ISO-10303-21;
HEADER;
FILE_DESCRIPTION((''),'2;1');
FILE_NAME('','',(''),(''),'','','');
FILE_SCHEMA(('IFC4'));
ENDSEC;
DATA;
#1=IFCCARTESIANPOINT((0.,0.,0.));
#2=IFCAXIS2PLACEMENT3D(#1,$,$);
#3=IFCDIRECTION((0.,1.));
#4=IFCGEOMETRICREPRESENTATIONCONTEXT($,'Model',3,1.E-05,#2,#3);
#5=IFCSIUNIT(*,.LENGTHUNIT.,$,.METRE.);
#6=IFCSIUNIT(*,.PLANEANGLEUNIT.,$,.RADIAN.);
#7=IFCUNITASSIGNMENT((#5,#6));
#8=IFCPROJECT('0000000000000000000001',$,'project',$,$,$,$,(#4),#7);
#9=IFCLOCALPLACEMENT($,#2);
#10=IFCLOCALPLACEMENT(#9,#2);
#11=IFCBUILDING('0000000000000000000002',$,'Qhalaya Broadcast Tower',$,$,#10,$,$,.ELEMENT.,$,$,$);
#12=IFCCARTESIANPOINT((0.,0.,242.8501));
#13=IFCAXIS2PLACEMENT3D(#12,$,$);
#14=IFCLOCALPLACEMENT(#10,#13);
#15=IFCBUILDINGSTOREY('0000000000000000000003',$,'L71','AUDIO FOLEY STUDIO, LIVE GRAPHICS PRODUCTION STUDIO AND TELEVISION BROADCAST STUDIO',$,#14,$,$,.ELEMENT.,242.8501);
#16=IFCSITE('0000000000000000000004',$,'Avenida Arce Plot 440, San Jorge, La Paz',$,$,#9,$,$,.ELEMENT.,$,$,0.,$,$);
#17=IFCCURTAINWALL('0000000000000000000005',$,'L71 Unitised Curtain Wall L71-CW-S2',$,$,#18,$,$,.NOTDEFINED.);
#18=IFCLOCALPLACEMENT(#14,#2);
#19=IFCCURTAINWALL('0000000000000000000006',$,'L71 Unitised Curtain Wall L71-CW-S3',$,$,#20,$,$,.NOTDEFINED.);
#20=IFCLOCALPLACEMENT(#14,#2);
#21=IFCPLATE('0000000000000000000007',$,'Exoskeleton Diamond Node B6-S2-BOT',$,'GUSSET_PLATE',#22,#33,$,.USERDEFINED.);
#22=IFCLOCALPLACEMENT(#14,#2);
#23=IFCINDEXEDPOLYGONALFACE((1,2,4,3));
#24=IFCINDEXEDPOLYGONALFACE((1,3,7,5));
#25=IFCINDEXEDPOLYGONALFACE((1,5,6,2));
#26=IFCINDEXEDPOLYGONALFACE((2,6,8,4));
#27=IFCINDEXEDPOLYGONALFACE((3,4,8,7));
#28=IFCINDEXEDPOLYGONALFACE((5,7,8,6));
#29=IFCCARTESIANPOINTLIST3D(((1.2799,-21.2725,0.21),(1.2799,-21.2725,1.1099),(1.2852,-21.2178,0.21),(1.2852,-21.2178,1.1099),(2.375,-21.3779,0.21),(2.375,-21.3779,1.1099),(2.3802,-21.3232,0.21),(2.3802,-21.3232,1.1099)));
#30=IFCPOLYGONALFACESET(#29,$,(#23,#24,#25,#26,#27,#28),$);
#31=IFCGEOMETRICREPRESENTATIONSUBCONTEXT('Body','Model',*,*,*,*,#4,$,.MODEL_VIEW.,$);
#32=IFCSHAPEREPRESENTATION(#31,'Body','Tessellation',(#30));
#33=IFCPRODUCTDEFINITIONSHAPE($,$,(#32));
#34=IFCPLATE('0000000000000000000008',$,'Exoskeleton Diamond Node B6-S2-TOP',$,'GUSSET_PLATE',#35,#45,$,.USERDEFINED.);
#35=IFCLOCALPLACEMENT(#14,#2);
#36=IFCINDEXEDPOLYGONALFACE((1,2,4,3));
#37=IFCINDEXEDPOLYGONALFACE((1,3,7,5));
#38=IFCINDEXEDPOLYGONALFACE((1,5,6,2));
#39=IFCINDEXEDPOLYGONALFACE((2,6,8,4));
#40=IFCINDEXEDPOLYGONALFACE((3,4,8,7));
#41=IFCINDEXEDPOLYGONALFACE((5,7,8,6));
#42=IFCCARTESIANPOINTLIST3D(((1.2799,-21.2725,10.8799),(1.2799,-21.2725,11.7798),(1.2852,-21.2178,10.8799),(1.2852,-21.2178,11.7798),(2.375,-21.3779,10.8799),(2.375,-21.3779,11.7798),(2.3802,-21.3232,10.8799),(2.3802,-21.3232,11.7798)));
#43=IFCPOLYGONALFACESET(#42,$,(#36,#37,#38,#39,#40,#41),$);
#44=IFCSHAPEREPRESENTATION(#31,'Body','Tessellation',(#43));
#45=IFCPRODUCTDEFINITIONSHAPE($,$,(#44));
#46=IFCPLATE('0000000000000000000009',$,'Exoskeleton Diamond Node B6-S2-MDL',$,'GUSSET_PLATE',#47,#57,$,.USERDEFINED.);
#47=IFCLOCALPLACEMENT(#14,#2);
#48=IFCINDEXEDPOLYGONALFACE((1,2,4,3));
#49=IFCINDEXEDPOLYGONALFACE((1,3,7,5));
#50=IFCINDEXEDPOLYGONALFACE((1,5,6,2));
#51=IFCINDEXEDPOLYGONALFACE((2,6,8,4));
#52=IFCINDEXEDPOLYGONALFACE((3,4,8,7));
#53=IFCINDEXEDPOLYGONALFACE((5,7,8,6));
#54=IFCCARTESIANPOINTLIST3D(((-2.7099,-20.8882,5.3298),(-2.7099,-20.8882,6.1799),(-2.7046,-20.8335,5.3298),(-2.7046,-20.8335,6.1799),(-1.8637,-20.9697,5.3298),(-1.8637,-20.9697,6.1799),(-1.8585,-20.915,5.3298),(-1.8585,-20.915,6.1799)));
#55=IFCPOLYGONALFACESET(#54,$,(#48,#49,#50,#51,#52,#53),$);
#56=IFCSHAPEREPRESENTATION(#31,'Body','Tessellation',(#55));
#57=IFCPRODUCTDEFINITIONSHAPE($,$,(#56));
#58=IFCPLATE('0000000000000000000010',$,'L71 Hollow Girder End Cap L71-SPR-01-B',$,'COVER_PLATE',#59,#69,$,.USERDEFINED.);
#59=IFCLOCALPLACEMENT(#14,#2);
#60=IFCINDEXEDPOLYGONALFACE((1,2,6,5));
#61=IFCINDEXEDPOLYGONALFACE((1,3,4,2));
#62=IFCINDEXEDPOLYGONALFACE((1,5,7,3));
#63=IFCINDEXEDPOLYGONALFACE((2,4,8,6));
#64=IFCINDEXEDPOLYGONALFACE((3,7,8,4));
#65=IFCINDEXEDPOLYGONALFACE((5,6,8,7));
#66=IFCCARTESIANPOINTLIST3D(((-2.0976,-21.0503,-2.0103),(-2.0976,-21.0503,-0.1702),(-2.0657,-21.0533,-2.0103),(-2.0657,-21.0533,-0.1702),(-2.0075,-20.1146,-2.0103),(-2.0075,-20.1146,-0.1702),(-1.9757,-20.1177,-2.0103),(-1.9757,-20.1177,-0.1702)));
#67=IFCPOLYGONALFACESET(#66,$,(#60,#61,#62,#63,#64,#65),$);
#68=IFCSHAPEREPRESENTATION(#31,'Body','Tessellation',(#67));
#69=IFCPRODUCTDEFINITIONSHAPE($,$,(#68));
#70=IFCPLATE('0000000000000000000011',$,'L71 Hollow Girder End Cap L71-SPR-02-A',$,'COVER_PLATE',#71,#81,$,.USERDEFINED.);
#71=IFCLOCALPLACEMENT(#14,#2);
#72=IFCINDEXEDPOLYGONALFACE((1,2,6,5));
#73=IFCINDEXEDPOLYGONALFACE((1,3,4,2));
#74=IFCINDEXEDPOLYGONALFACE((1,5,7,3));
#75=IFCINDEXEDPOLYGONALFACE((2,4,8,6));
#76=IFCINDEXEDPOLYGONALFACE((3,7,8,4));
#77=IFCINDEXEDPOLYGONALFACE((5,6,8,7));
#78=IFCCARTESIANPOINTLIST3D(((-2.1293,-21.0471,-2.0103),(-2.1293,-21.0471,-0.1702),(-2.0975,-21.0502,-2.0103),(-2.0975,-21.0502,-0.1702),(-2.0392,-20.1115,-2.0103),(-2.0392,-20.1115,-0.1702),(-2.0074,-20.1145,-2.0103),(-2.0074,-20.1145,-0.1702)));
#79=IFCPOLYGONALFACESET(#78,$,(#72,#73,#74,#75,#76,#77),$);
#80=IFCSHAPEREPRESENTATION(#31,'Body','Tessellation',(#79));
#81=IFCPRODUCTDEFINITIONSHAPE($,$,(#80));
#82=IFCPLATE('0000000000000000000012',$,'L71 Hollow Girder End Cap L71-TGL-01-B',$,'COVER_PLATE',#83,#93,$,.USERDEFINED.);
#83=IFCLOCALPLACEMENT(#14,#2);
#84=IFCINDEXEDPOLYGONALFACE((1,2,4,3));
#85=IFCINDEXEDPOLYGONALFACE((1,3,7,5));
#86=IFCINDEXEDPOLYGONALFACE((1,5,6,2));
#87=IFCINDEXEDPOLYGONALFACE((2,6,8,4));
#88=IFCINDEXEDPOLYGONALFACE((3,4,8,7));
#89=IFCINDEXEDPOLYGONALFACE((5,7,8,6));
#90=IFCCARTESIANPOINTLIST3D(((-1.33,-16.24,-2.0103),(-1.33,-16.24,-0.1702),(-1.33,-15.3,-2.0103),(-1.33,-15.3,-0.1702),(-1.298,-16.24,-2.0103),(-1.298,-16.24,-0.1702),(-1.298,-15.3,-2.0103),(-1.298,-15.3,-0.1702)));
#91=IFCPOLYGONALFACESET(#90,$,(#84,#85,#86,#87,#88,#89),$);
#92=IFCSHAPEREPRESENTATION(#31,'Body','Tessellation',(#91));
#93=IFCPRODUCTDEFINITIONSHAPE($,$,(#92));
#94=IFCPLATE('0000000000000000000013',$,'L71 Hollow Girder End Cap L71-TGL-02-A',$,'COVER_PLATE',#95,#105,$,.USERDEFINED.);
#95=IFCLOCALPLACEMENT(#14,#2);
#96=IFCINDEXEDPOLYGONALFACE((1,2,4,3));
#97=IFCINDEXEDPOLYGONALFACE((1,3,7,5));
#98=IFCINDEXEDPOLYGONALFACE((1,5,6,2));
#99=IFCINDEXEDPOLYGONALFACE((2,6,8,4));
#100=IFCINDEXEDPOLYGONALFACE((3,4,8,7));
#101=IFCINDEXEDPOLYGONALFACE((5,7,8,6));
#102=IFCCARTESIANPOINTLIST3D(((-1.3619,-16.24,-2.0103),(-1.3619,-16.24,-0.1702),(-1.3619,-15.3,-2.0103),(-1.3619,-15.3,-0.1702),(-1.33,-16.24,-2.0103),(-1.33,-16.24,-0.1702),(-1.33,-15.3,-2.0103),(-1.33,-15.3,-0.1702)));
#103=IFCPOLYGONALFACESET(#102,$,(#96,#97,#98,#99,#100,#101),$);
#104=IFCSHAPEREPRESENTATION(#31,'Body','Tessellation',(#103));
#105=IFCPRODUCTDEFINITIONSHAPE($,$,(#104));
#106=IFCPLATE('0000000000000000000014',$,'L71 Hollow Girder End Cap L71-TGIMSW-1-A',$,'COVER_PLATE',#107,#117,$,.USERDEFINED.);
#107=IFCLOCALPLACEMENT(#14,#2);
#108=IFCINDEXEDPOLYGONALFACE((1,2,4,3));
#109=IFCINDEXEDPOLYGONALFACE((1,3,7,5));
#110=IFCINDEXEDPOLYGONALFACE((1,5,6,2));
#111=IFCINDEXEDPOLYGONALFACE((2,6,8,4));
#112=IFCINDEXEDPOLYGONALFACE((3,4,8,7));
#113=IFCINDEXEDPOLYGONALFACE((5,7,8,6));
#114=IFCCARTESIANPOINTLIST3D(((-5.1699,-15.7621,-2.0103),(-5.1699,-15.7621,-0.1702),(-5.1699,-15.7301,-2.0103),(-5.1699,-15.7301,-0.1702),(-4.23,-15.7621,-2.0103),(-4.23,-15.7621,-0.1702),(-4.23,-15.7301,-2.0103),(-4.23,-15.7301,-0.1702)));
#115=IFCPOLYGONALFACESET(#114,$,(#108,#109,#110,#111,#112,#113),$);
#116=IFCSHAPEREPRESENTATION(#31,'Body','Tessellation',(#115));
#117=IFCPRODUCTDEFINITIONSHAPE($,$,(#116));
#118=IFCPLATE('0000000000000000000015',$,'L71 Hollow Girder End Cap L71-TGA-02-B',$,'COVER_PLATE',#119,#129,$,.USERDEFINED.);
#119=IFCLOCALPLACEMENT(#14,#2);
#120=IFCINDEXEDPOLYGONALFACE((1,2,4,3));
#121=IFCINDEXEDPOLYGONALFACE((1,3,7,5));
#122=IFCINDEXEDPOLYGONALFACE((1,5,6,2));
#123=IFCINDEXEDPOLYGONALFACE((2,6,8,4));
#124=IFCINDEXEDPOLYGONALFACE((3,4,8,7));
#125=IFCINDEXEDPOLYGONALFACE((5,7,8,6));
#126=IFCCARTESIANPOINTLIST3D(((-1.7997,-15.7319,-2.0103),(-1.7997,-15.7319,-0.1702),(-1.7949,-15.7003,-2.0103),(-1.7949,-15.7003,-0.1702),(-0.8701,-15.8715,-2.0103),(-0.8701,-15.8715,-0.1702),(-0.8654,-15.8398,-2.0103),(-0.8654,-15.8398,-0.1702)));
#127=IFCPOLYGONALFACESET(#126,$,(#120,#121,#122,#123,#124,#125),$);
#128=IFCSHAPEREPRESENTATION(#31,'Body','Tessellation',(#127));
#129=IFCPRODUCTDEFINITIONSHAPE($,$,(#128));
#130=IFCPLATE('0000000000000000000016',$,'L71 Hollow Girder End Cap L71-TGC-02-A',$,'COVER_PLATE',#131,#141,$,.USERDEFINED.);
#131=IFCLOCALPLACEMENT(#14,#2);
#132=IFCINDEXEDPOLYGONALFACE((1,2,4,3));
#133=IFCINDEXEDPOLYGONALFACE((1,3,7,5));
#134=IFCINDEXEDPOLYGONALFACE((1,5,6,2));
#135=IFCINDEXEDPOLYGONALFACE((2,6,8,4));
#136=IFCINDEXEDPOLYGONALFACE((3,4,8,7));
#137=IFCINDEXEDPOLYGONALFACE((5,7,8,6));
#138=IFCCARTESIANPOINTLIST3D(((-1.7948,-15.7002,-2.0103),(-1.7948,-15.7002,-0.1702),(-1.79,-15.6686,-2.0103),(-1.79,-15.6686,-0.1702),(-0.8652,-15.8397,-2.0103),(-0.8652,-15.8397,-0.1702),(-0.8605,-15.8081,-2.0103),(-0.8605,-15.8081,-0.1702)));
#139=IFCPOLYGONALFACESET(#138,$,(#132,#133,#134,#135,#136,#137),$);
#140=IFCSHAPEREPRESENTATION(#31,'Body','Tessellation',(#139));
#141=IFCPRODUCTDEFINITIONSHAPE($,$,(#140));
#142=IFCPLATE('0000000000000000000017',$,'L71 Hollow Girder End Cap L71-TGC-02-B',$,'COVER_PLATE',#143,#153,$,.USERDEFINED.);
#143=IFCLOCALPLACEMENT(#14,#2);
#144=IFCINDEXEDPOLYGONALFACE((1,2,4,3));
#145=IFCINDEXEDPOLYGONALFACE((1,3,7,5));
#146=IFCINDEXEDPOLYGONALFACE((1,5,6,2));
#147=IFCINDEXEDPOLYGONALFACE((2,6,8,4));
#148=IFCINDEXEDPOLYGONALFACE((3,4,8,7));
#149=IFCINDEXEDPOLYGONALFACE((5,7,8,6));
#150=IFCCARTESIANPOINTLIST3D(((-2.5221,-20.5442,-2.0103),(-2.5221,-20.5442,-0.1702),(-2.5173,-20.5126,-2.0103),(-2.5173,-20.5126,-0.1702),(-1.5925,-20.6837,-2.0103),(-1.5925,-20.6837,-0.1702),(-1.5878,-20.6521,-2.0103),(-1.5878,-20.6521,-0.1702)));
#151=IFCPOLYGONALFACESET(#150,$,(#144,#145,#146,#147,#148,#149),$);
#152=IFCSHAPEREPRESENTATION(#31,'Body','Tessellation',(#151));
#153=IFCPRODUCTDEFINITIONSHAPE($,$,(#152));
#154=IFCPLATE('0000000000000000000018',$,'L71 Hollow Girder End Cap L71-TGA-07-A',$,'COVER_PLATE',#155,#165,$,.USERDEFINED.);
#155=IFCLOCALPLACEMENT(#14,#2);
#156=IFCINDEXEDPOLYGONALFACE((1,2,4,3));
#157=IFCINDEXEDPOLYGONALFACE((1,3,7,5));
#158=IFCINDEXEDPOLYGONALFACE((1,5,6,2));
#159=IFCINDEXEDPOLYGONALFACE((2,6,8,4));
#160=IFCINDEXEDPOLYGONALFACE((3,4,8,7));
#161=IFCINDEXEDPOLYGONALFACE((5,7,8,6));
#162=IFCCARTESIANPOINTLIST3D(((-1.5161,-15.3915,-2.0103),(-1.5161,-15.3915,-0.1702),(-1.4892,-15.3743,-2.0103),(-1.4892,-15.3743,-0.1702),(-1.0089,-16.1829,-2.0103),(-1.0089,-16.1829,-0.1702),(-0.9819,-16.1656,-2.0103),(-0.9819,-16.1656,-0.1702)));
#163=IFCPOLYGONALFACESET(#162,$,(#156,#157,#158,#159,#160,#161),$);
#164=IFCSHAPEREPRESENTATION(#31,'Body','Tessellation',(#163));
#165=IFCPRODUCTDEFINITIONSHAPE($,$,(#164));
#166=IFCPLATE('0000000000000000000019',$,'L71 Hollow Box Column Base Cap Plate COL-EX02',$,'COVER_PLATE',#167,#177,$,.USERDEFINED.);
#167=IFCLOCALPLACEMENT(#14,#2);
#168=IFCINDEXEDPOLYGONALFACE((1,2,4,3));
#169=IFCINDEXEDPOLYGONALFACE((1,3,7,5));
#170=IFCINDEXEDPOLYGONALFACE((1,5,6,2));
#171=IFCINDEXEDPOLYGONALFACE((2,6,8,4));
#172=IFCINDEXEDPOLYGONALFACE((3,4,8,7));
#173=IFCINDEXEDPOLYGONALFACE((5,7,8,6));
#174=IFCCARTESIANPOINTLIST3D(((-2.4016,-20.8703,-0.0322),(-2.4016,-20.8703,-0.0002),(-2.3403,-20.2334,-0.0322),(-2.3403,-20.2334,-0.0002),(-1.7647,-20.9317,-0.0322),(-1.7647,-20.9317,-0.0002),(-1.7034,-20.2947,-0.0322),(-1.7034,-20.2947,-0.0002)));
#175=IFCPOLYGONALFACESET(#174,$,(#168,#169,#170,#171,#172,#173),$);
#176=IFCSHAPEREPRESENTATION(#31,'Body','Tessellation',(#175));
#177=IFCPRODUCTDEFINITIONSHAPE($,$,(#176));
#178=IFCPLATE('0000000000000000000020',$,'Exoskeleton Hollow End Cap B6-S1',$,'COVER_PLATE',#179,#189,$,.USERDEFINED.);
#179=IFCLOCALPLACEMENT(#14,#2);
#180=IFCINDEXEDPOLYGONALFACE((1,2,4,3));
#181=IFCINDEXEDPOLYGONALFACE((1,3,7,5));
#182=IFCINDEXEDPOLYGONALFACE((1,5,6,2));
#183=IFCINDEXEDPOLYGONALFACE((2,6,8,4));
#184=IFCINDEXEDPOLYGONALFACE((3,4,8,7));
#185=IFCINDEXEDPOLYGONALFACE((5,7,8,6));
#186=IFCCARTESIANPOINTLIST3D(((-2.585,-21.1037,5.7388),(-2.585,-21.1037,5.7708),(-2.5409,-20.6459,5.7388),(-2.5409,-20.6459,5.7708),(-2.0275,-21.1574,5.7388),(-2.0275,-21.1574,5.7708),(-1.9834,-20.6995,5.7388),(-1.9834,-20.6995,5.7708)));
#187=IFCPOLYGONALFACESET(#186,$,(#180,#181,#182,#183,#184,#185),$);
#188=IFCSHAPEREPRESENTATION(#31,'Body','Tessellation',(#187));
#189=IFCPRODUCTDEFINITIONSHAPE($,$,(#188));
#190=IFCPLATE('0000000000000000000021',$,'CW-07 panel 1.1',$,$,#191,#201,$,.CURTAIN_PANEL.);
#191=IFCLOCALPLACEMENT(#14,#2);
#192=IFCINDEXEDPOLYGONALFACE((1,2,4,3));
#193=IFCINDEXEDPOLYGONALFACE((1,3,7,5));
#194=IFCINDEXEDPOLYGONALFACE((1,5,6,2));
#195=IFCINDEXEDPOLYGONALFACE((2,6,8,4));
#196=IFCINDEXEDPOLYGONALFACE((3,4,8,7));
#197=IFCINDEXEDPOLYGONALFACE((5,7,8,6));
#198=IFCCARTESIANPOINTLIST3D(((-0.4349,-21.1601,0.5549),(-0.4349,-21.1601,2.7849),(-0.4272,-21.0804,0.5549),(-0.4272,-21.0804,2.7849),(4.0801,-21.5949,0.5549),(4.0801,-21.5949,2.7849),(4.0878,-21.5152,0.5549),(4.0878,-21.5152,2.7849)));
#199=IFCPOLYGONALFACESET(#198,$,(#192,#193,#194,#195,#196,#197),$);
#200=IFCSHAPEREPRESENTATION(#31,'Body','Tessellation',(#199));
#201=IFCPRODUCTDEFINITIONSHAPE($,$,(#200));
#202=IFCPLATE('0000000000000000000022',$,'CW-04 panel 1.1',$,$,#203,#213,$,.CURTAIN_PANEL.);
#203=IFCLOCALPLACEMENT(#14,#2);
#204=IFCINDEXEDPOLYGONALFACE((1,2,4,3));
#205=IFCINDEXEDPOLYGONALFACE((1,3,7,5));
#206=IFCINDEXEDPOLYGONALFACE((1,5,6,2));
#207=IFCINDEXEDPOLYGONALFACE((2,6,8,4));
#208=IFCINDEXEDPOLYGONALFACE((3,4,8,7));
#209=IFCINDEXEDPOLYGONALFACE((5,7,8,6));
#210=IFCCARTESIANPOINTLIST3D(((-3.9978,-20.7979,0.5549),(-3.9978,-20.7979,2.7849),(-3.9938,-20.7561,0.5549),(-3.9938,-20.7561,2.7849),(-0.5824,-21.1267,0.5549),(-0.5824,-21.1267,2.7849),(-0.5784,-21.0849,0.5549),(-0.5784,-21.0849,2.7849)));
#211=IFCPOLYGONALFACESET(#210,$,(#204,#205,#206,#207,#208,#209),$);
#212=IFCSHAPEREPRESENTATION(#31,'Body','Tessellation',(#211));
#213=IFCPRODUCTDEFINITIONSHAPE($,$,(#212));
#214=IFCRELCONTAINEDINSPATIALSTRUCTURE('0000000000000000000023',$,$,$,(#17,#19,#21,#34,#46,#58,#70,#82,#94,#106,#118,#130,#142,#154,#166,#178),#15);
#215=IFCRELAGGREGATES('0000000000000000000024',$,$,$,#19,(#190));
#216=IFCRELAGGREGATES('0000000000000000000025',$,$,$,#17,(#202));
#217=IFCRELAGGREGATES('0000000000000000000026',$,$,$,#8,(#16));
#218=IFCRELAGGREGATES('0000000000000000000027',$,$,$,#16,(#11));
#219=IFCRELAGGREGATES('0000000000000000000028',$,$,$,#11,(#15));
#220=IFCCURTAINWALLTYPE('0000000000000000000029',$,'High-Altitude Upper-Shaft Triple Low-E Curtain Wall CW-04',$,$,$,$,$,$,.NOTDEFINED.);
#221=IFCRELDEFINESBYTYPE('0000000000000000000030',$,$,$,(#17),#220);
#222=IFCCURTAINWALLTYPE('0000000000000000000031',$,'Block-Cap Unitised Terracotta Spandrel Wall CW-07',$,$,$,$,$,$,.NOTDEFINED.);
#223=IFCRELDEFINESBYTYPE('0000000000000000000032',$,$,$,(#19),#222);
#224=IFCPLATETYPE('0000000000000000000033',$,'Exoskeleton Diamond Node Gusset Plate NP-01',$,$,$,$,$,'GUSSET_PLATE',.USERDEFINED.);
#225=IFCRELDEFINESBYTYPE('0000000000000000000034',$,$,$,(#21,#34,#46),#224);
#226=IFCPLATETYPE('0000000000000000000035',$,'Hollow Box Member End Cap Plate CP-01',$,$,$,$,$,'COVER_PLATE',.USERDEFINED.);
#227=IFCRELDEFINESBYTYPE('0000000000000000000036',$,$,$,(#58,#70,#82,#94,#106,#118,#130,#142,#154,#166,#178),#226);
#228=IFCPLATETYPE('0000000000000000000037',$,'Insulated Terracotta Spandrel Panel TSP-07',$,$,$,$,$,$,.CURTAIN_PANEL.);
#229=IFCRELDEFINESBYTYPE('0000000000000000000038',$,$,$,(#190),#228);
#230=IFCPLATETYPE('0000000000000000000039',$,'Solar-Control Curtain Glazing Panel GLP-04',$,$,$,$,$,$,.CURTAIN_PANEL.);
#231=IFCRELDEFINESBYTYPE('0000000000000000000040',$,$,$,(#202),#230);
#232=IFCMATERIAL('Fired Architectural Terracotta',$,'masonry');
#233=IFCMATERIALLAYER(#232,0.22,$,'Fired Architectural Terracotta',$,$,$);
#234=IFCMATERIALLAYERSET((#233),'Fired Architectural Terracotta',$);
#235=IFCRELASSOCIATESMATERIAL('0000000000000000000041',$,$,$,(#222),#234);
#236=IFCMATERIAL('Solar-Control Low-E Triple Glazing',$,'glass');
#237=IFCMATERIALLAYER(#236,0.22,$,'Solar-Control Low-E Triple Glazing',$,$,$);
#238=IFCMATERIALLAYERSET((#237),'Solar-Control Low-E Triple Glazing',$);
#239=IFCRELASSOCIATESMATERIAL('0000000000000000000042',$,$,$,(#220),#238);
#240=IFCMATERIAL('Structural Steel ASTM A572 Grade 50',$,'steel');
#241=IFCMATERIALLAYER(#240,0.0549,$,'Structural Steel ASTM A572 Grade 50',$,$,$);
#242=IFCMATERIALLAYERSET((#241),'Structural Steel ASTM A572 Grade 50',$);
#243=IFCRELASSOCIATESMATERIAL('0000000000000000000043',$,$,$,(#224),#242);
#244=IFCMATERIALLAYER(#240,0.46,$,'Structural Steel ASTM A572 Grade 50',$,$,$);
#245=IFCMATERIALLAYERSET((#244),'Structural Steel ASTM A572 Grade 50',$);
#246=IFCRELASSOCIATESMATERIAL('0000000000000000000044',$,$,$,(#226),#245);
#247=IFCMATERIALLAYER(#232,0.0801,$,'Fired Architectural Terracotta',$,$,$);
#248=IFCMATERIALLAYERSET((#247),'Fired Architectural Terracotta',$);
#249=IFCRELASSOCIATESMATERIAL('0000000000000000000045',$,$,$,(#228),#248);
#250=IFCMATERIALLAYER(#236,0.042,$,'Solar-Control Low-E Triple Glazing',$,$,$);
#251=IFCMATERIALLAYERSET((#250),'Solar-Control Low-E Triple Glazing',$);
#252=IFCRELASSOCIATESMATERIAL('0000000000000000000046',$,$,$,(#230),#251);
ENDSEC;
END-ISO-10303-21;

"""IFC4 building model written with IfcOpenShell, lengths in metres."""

from ifc_helpers import new_model, si_unit, direction, frame, origin, origin_2d, place, context, subcontext, project, spatial, rectangle, extrude, material, layer, layer_set, type_object, element, aggregate, save


model = new_model("IFC4")

# Units and contexts
model_context = context("Model", 3, precision=1e-05, world=origin(), true_north=direction((0.0, 1.0)))
body_context = subcontext(model_context, "Body", "Model", "MODEL_VIEW")
ifc_project = project(units=[si_unit("LENGTHUNIT", "METRE"), si_unit("PLANEANGLEUNIT", "RADIAN")], contexts=[model_context])

# Site, building, storey
site_placement = place(None, origin())
site = spatial("IfcSite", under=ifc_project, at=site_placement, Name="Avenida Arce Plot 440, San Jorge, La Paz", CompositionType="ELEMENT", RefElevation=0.0)
building_placement = place(site_placement, origin())
building = spatial("IfcBuilding", under=site, at=building_placement, Name="Qhalaya Broadcast Tower", CompositionType="ELEMENT")
storey_placement = place(building_placement, frame((0.0, 0.0, 242.8501)))
storey = spatial("IfcBuildingStorey", under=building, at=storey_placement, Name="L71", Description="AUDIO FOLEY STUDIO, LIVE GRAPHICS PRODUCTION STUDIO AND TELEVISION BROADCAST STUDIO", CompositionType="ELEMENT", Elevation=242.8501)

# Shared definitions
ifc_material_1 = material(Name="Structural Steel ASTM A572 Grade 50", Category="steel")

# Shared definitions
ifc_material_2 = material(Name="Fired Architectural Terracotta", Category="masonry")
ifc_layer_1 = layer(ifc_material_2, 0.22, Name="Fired Architectural Terracotta")
ifc_layer_set_1 = layer_set([ifc_layer_1], Name="Fired Architectural Terracotta")
curtain_wall_type_1 = type_object("IfcCurtainWallType", Name="Block-Cap Unitised Terracotta Spandrel Wall CW-07", PredefinedType="NOTDEFINED", material=ifc_layer_set_1)

# Curtain wall
ifc_material_3 = material(Name="Solar-Control Low-E Triple Glazing", Category="glass")
ifc_layer_2 = layer(ifc_material_3, 0.22, Name="Solar-Control Low-E Triple Glazing")
ifc_layer_set_2 = layer_set([ifc_layer_2], Name="Solar-Control Low-E Triple Glazing")
curtain_wall_type_2 = type_object("IfcCurtainWallType", Name="High-Altitude Upper-Shaft Triple Low-E Curtain Wall CW-04", PredefinedType="NOTDEFINED", material=ifc_layer_set_2)
curtain_wall_1_placement = place(storey_placement, origin())
curtain_wall_1 = element("IfcCurtainWall", 1, at=curtain_wall_1_placement, inside=storey, type_object=curtain_wall_type_2, Name="L71 Unitised Curtain Wall L71-CW-S2", PredefinedType="NOTDEFINED")

# Curtain wall
curtain_wall_2_placement = place(storey_placement, origin())
curtain_wall_2 = element("IfcCurtainWall", 2, at=curtain_wall_2_placement, inside=storey, type_object=curtain_wall_type_1, Name="L71 Unitised Curtain Wall L71-CW-S3", PredefinedType="NOTDEFINED")

# Plates
ifc_layer_3 = layer(ifc_material_1, 0.0549, Name="Structural Steel ASTM A572 Grade 50")
ifc_layer_set_3 = layer_set([ifc_layer_3], Name="Structural Steel ASTM A572 Grade 50")
plate_type_1 = type_object("IfcPlateType", Name="Exoskeleton Diamond Node Gusset Plate NP-01", ElementType="GUSSET_PLATE", PredefinedType="USERDEFINED", material=ifc_layer_set_3)
for number, where, z_axis, x_axis, name in (
    (3, (1.8301, -21.2979, 0.21), (0.0, 0.0, 1.0), (0.995396, -0.095846, 0.0), "Exoskeleton Diamond Node B6-S2-BOT"),
    (4, (1.8301, -21.2979, 10.8799), (0.0, 0.0, 1.0), (0.995396, -0.095846, 0.0), "Exoskeleton Diamond Node B6-S2-TOP"),
):
    element("IfcPlate", number, at=place(storey_placement, frame(where, z_axis=z_axis, x_axis=x_axis)), inside=storey, type_object=plate_type_1, Name=name, ObjectType="GUSSET_PLATE", PredefinedType="USERDEFINED", context=body_context, shape_type="SweptSolid", body=[
        extrude(rectangle(XDim=1.1001, YDim=0.0549, at=origin_2d()), origin(), (0.0, 0.0, 1.0), 0.8999),
    ])
plate_1_placement = place(storey_placement, frame((-2.2842, -20.9016, 5.3298), z_axis=(0.0, 0.0, 1.0), x_axis=(0.995396, -0.095846, 0.0)))
element("IfcPlate", 5, at=plate_1_placement, inside=storey, type_object=plate_type_1, Name="Exoskeleton Diamond Node B6-S2-MDL", ObjectType="GUSSET_PLATE", PredefinedType="USERDEFINED", context=body_context, shape_type="SweptSolid", body=[
    extrude(rectangle(XDim=0.8501, YDim=0.0549, at=origin_2d()), origin(), (0.0, 0.0, 1.0), 0.8501),
])
ifc_layer_4 = layer(ifc_material_1, 0.46, Name="Structural Steel ASTM A572 Grade 50")
ifc_layer_set_4 = layer_set([ifc_layer_4], Name="Structural Steel ASTM A572 Grade 50")
plate_type_2 = type_object("IfcPlateType", Name="Hollow Box Member End Cap Plate CP-01", ElementType="COVER_PLATE", PredefinedType="USERDEFINED", material=ifc_layer_set_4)
for number, where, z_axis, x_axis, name in (
    (6, (-2.0366, -20.584, -2.0103), (0.0, 0.0, 1.0), (0.095828, 0.995398, 0.0), "L71 Hollow Girder End Cap L71-SPR-01-B"),
    (7, (-2.0684, -20.5808, -2.0103), (0.0, 0.0, 1.0), (0.095846, 0.995396, 0.0), "L71 Hollow Girder End Cap L71-SPR-02-A"),
    (8, (-1.314, -15.77, -2.0103), (0.0, 0.0, 1.0), (0.0, 1.0, 0.0), "L71 Hollow Girder End Cap L71-TGL-01-B"),
    (9, (-1.3459, -15.77, -2.0103), (0.0, 0.0, 1.0), (0.0, 1.0, 0.0), "L71 Hollow Girder End Cap L71-TGL-02-A"),
    (10, (-4.7, -15.7461, -2.0103), (0.0, 0.0, 1.0), (-1.0, 0.0, 0.0), "L71 Hollow Girder End Cap L71-TGIMSW-1-A"),
    (11, (-1.3325, -15.7859, -2.0103), (0.0, 0.0, 1.0), (0.988918, -0.148465, 0.0), "L71 Hollow Girder End Cap L71-TGA-02-B"),
    (12, (-1.3276, -15.7542, -2.0103), (0.0, 0.0, 1.0), (0.988918, -0.148465, 0.0), "L71 Hollow Girder End Cap L71-TGC-02-A"),
    (13, (-2.0549, -20.5981, -2.0103), (0.0, 0.0, 1.0), (0.988918, -0.148465, 0.0), "L71 Hollow Girder End Cap L71-TGC-02-B"),
    (14, (-1.249, -15.7786, -2.0103), (0.0, 0.0, 1.0), (-0.539638, 0.841897, 0.0), "L71 Hollow Girder End Cap L71-TGA-07-A"),
):
    element("IfcPlate", number, at=place(storey_placement, frame(where, z_axis=z_axis, x_axis=x_axis)), inside=storey, type_object=plate_type_2, Name=name, ObjectType="COVER_PLATE", PredefinedType="USERDEFINED", context=body_context, shape_type="SweptSolid", body=[
        extrude(rectangle(XDim=0.9399, YDim=0.032, at=origin_2d()), origin(), (0.0, 0.0, 1.0), 1.8401),
    ])
plate_2_placement = place(storey_placement, frame((-2.0525, -20.5825, -0.0322), z_axis=(0.0, 0.0, 1.0), x_axis=(0.995396, -0.095846, 0.0)))
element("IfcPlate", 15, at=plate_2_placement, inside=storey, type_object=plate_type_2, Name="L71 Hollow Box Column Base Cap Plate COL-EX02", ObjectType="COVER_PLATE", PredefinedType="USERDEFINED", context=body_context, shape_type="SweptSolid", body=[
    extrude(rectangle(XDim=0.6399, YDim=0.6399, at=origin_2d()), origin(), (0.0, 0.0, 1.0), 0.032),
])
plate_3_placement = place(storey_placement, frame((-2.2842, -20.9016, 5.7388), z_axis=(0.0, 0.0, 1.0), x_axis=(0.995396, -0.095846, 0.0)))
element("IfcPlate", 16, at=plate_3_placement, inside=storey, type_object=plate_type_2, Name="Exoskeleton Hollow End Cap B6-S1", ObjectType="COVER_PLATE", PredefinedType="USERDEFINED", context=body_context, shape_type="SweptSolid", body=[
    extrude(rectangle(XDim=0.5601, YDim=0.46, at=origin_2d()), origin(), (0.0, 0.0, 1.0), 0.032),
])

# Plates
ifc_layer_5 = layer(ifc_material_2, 0.0801, Name="Fired Architectural Terracotta")
ifc_layer_set_5 = layer_set([ifc_layer_5], Name="Fired Architectural Terracotta")
plate_type_3 = type_object("IfcPlateType", Name="Insulated Terracotta Spandrel Panel TSP-07", PredefinedType="CURTAIN_PANEL", material=ifc_layer_set_5)
plate_4_placement = place(storey_placement, frame((1.8264, -21.3376, 0.5549), z_axis=(0.0, 0.0, 1.0), x_axis=(0.995395, -0.09586, 0.0)))
plate_4 = element("IfcPlate", 17, at=plate_4_placement, type_object=plate_type_3, Name="CW-07 panel 1.1", PredefinedType="CURTAIN_PANEL", context=body_context, shape_type="SweptSolid", body=[
    extrude(rectangle(XDim=4.5359, YDim=0.0801, at=origin_2d()), origin(), (0.0, 0.0, 1.0), 2.23),
])
aggregate(curtain_wall_2, [plate_4])
ifc_layer_6 = layer(ifc_material_3, 0.042, Name="Solar-Control Low-E Triple Glazing")
ifc_layer_set_6 = layer_set([ifc_layer_6], Name="Solar-Control Low-E Triple Glazing")
plate_type_4 = type_object("IfcPlateType", Name="Solar-Control Curtain Glazing Panel GLP-04", PredefinedType="CURTAIN_PANEL", material=ifc_layer_set_6)
plate_5_placement = place(storey_placement, frame((-2.2881, -20.9414, 0.5549), z_axis=(0.0, 0.0, 1.0), x_axis=(0.995397, -0.095837, 0.0)))
plate_5 = element("IfcPlate", 18, at=plate_5_placement, type_object=plate_type_4, Name="CW-04 panel 1.1", PredefinedType="CURTAIN_PANEL", context=body_context, shape_type="SweptSolid", body=[
    extrude(rectangle(XDim=3.4312, YDim=0.042, at=origin_2d()), origin(), (0.0, 0.0, 1.0), 2.23),
])
aggregate(curtain_wall_1, [plate_5])

save(model, "model.ifc")
